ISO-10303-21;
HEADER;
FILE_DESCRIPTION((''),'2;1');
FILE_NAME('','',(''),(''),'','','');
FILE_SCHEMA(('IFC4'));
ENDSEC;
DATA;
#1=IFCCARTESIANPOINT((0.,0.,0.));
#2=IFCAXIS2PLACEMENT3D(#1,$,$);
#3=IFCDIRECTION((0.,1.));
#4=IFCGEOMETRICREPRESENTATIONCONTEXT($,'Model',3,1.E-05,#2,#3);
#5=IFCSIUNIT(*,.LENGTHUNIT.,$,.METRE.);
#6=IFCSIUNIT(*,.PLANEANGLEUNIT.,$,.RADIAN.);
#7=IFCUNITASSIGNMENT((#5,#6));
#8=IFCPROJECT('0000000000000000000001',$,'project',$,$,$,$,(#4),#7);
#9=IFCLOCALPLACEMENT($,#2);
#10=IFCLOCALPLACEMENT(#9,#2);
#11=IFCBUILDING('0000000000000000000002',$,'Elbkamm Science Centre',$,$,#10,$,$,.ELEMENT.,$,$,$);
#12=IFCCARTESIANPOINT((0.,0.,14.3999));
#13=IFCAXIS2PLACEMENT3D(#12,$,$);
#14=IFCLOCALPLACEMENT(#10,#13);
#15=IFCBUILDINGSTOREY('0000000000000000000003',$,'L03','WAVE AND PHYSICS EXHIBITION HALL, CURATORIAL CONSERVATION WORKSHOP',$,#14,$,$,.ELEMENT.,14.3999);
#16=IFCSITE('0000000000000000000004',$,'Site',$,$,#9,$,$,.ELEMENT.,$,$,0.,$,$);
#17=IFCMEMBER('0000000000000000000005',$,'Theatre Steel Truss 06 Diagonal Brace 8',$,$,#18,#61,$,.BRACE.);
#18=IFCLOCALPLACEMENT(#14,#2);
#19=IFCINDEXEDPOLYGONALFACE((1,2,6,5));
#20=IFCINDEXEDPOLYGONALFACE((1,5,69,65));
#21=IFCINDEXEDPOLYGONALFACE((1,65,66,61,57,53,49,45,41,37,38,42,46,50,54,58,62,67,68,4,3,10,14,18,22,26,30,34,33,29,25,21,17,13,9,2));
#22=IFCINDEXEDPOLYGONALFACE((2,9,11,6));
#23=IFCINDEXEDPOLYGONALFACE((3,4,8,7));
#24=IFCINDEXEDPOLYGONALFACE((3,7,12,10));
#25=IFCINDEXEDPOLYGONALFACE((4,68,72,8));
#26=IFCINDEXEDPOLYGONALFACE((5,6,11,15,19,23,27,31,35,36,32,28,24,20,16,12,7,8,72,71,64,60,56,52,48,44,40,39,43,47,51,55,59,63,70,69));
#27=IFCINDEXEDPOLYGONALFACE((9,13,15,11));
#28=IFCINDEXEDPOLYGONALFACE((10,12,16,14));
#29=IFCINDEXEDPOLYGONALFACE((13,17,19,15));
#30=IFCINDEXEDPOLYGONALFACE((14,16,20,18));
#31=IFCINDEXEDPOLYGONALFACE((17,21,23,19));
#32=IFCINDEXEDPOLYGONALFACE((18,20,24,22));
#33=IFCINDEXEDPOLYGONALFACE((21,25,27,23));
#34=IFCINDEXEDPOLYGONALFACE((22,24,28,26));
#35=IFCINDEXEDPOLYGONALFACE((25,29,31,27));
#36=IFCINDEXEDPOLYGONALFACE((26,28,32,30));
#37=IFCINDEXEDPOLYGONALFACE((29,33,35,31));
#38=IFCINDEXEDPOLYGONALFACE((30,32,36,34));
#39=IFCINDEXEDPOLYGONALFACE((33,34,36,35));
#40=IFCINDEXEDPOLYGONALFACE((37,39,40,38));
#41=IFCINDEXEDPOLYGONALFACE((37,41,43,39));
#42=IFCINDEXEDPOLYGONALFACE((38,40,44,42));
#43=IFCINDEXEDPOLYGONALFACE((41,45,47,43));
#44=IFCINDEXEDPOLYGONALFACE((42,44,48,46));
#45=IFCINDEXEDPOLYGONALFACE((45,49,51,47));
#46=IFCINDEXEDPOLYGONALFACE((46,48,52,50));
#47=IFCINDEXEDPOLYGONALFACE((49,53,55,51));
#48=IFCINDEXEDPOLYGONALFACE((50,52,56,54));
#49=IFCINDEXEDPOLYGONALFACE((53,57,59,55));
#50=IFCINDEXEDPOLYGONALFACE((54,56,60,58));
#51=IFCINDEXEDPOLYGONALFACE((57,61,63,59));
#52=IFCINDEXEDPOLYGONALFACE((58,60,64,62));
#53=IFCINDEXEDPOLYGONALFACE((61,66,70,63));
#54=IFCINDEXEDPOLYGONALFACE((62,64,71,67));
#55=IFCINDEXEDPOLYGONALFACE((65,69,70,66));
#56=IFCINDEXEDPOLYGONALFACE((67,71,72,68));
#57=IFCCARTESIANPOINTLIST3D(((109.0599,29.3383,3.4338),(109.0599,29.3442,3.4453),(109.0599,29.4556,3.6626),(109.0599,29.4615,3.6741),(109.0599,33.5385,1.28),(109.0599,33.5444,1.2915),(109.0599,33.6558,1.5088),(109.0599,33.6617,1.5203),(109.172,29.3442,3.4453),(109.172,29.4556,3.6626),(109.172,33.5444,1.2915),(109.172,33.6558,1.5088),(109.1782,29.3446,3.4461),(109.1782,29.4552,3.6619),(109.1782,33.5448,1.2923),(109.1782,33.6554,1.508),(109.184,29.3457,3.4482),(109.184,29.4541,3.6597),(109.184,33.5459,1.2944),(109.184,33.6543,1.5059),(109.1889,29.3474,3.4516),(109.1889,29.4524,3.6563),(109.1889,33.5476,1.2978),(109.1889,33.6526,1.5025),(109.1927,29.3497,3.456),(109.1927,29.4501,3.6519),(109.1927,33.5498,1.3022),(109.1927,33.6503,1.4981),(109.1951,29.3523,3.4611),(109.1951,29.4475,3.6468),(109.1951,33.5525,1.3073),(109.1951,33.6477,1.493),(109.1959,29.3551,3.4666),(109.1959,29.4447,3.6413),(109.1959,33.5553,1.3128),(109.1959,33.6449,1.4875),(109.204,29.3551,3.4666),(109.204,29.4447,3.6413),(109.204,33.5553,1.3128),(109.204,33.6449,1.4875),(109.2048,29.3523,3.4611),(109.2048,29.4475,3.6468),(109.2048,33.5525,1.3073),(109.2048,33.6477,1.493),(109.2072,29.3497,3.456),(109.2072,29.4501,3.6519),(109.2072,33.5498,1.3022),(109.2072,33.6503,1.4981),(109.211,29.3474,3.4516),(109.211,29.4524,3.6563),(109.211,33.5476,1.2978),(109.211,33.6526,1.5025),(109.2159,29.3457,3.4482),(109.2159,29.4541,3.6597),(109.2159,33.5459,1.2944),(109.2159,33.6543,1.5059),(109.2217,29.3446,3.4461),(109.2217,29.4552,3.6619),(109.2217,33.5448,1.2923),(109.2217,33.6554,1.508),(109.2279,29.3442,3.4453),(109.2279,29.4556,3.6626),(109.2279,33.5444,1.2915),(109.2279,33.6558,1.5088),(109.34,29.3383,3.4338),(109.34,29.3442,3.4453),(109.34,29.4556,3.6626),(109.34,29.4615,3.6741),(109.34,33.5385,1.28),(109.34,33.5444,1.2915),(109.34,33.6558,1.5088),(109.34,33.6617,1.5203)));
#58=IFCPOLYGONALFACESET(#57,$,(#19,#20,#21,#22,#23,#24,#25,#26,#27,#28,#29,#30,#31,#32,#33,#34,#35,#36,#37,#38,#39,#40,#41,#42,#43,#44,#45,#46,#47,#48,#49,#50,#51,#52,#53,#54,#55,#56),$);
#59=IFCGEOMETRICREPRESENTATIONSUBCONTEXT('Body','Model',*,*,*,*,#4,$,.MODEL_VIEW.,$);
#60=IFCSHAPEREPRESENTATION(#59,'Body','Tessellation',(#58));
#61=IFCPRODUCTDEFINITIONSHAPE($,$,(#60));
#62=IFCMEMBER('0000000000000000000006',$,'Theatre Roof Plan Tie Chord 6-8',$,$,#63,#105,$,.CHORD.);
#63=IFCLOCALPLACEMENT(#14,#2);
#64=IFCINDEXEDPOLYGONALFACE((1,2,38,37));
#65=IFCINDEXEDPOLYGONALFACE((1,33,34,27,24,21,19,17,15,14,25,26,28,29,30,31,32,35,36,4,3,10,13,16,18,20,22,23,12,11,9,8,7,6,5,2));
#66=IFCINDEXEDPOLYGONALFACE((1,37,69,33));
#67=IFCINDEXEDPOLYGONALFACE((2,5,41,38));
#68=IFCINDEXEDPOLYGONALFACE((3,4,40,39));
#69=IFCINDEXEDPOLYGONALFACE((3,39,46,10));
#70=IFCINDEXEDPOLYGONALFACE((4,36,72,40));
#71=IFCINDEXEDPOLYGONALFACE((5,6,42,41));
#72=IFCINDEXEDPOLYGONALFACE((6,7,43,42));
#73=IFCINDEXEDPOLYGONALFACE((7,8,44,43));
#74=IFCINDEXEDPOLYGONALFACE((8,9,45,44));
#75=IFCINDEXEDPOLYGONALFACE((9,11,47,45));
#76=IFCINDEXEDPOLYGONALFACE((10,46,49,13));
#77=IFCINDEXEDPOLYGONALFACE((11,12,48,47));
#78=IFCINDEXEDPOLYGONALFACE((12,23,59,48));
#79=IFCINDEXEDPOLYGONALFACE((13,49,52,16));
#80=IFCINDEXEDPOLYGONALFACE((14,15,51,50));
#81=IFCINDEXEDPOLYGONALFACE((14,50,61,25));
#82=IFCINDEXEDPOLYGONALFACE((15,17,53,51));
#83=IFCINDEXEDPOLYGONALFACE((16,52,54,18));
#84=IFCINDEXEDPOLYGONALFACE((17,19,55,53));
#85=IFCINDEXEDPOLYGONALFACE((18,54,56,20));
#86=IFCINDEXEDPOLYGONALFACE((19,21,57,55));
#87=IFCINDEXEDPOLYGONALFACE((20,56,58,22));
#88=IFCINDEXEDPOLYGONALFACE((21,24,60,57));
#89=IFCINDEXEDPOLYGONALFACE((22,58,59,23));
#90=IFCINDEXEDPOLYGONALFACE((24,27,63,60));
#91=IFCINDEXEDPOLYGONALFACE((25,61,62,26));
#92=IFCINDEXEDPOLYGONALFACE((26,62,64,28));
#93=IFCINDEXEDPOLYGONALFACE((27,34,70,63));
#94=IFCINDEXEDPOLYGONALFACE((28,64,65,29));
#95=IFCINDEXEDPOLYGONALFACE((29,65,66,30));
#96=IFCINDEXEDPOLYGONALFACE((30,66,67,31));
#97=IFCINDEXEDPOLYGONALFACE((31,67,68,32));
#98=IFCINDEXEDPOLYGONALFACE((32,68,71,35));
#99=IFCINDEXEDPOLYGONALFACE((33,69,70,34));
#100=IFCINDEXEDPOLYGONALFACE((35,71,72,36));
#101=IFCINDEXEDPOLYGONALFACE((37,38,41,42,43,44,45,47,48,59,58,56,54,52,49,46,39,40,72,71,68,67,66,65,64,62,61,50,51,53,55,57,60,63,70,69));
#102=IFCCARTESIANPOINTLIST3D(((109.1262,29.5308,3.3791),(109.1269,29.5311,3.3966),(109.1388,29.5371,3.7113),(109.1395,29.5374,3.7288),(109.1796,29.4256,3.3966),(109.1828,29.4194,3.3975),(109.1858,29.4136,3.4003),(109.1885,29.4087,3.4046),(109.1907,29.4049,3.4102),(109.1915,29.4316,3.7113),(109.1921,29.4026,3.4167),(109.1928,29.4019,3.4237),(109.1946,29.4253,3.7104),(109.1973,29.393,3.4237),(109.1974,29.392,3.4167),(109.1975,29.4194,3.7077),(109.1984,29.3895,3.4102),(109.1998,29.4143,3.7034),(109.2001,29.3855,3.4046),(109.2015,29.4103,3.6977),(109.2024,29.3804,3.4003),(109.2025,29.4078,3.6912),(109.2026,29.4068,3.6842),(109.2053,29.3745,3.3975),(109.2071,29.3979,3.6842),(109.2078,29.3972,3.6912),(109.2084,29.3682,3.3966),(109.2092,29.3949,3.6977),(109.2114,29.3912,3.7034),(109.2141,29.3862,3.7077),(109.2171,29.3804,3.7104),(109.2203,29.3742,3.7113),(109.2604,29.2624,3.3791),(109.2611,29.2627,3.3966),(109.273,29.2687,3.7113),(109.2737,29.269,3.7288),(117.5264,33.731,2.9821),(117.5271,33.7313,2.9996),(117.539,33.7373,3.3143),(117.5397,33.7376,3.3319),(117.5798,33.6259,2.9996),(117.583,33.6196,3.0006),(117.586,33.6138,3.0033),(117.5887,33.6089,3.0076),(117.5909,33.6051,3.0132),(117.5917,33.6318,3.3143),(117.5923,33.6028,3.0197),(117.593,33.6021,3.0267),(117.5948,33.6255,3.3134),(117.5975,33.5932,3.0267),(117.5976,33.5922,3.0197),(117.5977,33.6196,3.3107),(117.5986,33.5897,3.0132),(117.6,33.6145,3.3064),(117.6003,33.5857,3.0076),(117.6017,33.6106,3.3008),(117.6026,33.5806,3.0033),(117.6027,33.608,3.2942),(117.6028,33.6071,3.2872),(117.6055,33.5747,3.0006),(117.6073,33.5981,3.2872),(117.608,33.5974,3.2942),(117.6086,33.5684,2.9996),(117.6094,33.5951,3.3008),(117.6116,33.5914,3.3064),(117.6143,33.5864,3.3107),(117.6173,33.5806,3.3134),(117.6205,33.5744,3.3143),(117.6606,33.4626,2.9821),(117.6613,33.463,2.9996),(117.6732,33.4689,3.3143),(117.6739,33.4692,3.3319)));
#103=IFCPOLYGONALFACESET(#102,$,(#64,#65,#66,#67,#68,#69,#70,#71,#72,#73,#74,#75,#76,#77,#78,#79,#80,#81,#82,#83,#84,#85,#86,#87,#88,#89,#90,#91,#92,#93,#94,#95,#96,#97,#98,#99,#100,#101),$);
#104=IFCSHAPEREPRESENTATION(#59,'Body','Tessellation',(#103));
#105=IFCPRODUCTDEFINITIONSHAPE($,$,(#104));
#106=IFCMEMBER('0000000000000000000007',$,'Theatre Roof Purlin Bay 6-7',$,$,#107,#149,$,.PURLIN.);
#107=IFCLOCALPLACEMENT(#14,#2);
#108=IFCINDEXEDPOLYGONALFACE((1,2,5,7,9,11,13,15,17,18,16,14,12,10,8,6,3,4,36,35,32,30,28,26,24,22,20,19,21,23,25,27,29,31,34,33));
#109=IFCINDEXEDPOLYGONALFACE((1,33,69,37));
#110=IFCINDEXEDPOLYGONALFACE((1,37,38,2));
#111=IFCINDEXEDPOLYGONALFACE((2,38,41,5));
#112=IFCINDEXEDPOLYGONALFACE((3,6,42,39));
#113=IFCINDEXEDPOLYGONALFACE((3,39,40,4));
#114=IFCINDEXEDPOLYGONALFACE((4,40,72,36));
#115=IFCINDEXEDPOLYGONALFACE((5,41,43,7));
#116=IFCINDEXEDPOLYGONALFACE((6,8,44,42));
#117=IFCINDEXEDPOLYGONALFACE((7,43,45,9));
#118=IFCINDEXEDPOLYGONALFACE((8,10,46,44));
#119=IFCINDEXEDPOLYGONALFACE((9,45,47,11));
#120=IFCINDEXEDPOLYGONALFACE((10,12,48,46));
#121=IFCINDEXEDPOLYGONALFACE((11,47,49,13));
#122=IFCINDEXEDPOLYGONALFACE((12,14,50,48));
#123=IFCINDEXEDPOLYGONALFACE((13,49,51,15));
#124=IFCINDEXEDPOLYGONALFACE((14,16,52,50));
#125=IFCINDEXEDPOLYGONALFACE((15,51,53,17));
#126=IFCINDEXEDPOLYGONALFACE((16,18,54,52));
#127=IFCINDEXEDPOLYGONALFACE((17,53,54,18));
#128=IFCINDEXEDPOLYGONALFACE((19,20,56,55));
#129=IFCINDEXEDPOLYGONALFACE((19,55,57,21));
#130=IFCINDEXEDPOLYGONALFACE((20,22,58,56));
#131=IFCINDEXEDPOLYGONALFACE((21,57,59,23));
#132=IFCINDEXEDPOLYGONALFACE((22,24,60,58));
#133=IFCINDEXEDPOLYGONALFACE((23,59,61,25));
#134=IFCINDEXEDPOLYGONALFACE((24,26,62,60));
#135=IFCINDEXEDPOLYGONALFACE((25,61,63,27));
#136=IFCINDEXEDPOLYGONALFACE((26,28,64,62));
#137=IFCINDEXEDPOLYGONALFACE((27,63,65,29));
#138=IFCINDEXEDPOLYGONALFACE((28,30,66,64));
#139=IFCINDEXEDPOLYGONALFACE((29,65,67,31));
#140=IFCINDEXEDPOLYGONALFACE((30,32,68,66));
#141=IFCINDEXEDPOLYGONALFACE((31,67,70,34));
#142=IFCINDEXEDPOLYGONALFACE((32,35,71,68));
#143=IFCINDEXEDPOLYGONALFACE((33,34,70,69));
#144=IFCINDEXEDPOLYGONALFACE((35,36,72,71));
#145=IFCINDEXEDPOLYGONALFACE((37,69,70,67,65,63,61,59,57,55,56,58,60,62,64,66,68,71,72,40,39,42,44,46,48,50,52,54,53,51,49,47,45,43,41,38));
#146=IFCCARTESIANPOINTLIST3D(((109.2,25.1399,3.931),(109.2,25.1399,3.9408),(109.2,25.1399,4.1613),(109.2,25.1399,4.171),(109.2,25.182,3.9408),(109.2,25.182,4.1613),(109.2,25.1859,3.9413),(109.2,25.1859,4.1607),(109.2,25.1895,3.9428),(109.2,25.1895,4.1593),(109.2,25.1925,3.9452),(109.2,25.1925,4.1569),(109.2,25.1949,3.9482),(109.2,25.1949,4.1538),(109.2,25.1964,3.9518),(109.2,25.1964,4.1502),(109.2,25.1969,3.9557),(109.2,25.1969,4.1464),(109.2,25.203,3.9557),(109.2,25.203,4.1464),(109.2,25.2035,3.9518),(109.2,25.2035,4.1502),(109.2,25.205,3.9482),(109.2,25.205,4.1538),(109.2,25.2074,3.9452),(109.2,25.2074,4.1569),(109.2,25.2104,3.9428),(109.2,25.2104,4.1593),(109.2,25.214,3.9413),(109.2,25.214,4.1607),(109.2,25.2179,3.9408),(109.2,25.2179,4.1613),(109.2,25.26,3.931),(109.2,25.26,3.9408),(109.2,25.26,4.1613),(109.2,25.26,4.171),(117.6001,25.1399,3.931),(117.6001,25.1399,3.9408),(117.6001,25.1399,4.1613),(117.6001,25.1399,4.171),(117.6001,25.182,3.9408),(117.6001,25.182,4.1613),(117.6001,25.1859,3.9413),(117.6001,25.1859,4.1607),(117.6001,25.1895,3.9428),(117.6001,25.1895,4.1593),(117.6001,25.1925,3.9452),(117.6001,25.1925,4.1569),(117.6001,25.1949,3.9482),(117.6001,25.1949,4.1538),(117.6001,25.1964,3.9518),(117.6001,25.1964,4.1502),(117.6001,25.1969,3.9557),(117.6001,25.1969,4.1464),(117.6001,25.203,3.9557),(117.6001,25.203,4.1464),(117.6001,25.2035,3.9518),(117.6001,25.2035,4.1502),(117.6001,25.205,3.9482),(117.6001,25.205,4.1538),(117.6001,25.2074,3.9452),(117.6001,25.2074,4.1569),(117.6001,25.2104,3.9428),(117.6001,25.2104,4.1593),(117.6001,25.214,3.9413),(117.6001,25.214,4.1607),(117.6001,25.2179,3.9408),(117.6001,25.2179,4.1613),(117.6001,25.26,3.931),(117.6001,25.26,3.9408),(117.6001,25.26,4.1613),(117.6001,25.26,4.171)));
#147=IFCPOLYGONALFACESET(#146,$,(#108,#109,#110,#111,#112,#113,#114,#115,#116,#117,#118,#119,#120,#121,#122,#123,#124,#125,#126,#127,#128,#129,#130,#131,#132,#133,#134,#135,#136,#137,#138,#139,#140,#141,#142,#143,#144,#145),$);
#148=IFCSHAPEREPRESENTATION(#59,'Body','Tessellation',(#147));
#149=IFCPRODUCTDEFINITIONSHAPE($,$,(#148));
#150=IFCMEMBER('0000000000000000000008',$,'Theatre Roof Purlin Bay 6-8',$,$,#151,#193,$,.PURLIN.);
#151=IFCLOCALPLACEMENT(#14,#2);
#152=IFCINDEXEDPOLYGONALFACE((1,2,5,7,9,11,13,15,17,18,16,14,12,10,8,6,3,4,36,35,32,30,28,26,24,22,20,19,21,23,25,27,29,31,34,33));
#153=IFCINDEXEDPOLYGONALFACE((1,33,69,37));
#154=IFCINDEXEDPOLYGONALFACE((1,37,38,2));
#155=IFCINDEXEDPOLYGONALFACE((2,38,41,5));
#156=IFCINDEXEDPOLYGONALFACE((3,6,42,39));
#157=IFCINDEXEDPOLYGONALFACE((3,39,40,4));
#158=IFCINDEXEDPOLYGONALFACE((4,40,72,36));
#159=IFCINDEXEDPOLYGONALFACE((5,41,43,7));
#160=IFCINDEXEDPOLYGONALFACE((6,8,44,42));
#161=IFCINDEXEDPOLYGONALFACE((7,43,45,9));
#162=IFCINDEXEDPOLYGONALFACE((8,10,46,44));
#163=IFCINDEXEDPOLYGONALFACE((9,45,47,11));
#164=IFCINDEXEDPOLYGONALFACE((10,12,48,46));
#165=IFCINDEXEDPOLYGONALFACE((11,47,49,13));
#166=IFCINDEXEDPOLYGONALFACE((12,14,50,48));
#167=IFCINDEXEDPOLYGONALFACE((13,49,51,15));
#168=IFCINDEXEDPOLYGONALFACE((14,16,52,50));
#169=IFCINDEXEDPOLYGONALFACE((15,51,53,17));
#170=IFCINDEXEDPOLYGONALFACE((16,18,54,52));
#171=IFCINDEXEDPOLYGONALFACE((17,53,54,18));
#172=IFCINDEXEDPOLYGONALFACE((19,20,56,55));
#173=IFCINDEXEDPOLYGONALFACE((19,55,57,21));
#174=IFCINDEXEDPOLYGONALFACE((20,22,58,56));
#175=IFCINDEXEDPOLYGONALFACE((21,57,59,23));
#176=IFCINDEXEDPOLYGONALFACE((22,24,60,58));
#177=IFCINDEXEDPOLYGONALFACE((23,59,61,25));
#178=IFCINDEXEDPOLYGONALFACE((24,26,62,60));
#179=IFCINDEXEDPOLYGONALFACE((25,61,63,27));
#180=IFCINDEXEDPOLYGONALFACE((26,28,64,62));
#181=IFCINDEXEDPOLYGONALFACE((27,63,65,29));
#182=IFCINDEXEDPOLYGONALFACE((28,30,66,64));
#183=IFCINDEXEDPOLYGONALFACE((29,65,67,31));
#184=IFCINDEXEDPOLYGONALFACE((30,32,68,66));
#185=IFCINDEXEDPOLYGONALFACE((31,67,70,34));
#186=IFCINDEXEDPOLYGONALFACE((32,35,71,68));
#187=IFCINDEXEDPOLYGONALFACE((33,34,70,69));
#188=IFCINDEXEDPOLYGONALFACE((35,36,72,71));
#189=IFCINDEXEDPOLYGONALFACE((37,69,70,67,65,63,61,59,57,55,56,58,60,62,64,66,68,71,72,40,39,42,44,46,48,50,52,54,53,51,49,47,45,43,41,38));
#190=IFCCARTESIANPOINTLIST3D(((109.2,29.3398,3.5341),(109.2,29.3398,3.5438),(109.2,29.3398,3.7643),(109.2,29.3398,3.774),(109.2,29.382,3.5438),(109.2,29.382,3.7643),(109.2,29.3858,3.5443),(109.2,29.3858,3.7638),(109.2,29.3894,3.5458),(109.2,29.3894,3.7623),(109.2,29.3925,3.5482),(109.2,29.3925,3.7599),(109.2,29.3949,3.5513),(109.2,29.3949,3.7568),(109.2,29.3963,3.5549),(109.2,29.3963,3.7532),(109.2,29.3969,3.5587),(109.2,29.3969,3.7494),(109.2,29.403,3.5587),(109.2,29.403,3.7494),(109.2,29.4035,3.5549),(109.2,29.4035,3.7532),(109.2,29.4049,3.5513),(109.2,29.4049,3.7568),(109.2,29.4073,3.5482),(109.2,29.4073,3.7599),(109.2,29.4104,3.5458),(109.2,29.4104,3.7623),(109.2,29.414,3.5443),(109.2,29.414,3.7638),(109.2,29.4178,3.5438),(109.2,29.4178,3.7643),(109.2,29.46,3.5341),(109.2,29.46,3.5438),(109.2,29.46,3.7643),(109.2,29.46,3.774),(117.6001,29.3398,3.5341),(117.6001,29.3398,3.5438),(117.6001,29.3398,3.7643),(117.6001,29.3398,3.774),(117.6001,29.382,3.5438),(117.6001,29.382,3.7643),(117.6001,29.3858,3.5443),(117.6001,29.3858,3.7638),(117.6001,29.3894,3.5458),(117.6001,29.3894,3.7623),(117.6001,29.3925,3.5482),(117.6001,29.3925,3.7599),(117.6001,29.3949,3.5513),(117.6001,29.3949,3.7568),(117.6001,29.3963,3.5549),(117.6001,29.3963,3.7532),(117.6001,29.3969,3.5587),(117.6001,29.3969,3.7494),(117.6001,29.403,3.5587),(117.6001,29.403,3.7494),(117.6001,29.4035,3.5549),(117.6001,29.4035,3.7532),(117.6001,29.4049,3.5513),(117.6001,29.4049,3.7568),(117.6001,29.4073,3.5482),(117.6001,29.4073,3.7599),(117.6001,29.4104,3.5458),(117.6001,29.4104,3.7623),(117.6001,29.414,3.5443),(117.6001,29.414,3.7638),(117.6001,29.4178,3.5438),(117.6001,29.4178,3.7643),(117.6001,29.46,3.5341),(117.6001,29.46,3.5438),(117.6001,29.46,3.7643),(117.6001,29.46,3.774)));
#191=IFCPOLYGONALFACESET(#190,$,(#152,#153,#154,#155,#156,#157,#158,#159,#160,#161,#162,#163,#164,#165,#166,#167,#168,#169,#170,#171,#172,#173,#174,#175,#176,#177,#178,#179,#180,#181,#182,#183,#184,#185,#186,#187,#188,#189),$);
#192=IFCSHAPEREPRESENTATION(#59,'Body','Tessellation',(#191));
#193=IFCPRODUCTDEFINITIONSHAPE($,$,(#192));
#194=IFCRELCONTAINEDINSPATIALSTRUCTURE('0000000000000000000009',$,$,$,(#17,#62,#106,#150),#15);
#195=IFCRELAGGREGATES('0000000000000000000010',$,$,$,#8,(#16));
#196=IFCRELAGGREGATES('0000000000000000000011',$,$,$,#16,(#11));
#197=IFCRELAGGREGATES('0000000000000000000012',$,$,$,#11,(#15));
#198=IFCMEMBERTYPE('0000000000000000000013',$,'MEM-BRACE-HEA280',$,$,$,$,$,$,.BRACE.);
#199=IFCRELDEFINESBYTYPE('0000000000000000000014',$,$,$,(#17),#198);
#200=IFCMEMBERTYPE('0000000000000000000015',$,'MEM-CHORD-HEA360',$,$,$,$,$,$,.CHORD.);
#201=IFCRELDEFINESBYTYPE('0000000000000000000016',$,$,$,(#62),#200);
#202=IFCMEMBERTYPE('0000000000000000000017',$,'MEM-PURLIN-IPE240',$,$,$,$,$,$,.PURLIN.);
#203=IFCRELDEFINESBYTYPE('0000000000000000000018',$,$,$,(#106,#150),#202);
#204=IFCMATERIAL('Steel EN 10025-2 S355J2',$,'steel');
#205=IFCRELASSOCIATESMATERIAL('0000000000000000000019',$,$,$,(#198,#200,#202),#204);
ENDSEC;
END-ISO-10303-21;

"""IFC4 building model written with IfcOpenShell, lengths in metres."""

from ifc_helpers import new_model, si_unit, direction, frame, origin, origin_2d, place, context, subcontext, project, spatial, i_section, extrude, material, material_profile, profile_set, type_object, element, save


model = new_model("IFC4")

# Units and contexts
model_context = context("Model", 3, precision=1e-05, world=origin(), true_north=direction((0.0, 1.0)))
body_context = subcontext(model_context, "Body", "Model", "MODEL_VIEW")
ifc_project = project(units=[si_unit("LENGTHUNIT", "METRE"), si_unit("PLANEANGLEUNIT", "RADIAN")], contexts=[model_context])

# Site, building, storey
site_placement = place(None, origin())
site = spatial("IfcSite", under=ifc_project, at=site_placement, Name="Site", CompositionType="ELEMENT", RefElevation=0.0)
building_placement = place(site_placement, origin())
building = spatial("IfcBuilding", under=site, at=building_placement, Name="Elbkamm Science Centre", CompositionType="ELEMENT")
storey_placement = place(building_placement, frame((0.0, 0.0, 14.3999)))
storey = spatial("IfcBuildingStorey", under=building, at=storey_placement, Name="L03", Description="WAVE AND PHYSICS EXHIBITION HALL, CURATORIAL CONSERVATION WORKSHOP", CompositionType="ELEMENT", Elevation=14.3999)

# Shared definitions
ifc_material_1 = material(Name="Steel EN 10025-2 S355J2", Category="steel")

# Members
ifc_material_profile_1 = material_profile(ifc_material_1, i_section(OverallWidth=0.28, OverallDepth=0.27, WebThickness=0.0081, FlangeThickness=0.0129, FilletRadius=0.0239, at=origin_2d()), Name="HEA 280")
ifc_profile_set_1 = profile_set([ifc_material_profile_1], Name="Steel EN 10025-2 S355J2")
member_type_1 = type_object("IfcMemberType", Name="MEM-BRACE-HEA280", PredefinedType="BRACE", material=ifc_profile_set_1)
member_1_placement = place(storey_placement, frame((109.2, 29.3999, 3.554), z_axis=(0.0, 0.889829, -0.456294), x_axis=(-1.0, 0.0, 0.0)))
element("IfcMember", 1, at=member_1_placement, inside=storey, type_object=member_type_1, Name="Theatre Steel Truss 06 Diagonal Brace 8", PredefinedType="BRACE", context=body_context, shape_type="SweptSolid", body=[
    extrude(i_section(OverallWidth=0.28, OverallDepth=0.27, WebThickness=0.0081, FlangeThickness=0.0129, FilletRadius=0.0239, at=origin_2d()), origin(), (0.0, 0.0, 1.0), 4.7202),
])
ifc_material_profile_2 = material_profile(ifc_material_1, i_section(OverallWidth=0.3, OverallDepth=0.3501, WebThickness=0.01, FlangeThickness=0.0176, FilletRadius=0.0271, at=origin_2d()), Name="HEA 360")
ifc_profile_set_2 = profile_set([ifc_material_profile_2], Name="Steel EN 10025-2 S355J2")
member_type_2 = type_object("IfcMemberType", Name="MEM-CHORD-HEA360", PredefinedType="CHORD", material=ifc_profile_set_2)
member_2_placement = place(storey_placement, frame((109.2, 29.3999, 3.554), z_axis=(0.893624, 0.446825, -0.042231), x_axis=(-0.447224, 0.894422, 0.0)))
element("IfcMember", 2, at=member_2_placement, inside=storey, type_object=member_type_2, Name="Theatre Roof Plan Tie Chord 6-8", PredefinedType="CHORD", context=body_context, shape_type="SweptSolid", body=[
    extrude(i_section(OverallWidth=0.3, OverallDepth=0.3501, WebThickness=0.01, FlangeThickness=0.0176, FilletRadius=0.0271, at=origin_2d()), origin(), (0.0, 0.0, 1.0), 9.4001),
])
ifc_material_profile_3 = material_profile(ifc_material_1, i_section(OverallWidth=0.1201, OverallDepth=0.24, WebThickness=0.0061, FlangeThickness=0.0098, FilletRadius=0.0149, at=origin_2d()), Name="IPE 240")
ifc_profile_set_3 = profile_set([ifc_material_profile_3], Name="Steel EN 10025-2 S355J2")
member_type_3 = type_object("IfcMemberType", Name="MEM-PURLIN-IPE240", PredefinedType="PURLIN", material=ifc_profile_set_3)
for number, where, z_axis, x_axis, name in (
    (3, (109.2, 25.2, 4.051), (1.0, 0.0, 0.0), (0.0, 1.0, 0.0), "Theatre Roof Purlin Bay 6-7"),
    (4, (109.2, 29.3999, 3.6541), (1.0, 0.0, 0.0), (0.0, 1.0, 0.0), "Theatre Roof Purlin Bay 6-8"),
):
    element("IfcMember", number, at=place(storey_placement, frame(where, z_axis=z_axis, x_axis=x_axis)), inside=storey, type_object=member_type_3, Name=name, PredefinedType="PURLIN", context=body_context, shape_type="SweptSolid", body=[
        extrude(i_section(OverallWidth=0.1201, OverallDepth=0.24, WebThickness=0.0061, FlangeThickness=0.0098, FilletRadius=0.0149, at=origin_2d()), origin(), (0.0, 0.0, 1.0), 8.4001),
    ])

save(model, "model.ifc")
